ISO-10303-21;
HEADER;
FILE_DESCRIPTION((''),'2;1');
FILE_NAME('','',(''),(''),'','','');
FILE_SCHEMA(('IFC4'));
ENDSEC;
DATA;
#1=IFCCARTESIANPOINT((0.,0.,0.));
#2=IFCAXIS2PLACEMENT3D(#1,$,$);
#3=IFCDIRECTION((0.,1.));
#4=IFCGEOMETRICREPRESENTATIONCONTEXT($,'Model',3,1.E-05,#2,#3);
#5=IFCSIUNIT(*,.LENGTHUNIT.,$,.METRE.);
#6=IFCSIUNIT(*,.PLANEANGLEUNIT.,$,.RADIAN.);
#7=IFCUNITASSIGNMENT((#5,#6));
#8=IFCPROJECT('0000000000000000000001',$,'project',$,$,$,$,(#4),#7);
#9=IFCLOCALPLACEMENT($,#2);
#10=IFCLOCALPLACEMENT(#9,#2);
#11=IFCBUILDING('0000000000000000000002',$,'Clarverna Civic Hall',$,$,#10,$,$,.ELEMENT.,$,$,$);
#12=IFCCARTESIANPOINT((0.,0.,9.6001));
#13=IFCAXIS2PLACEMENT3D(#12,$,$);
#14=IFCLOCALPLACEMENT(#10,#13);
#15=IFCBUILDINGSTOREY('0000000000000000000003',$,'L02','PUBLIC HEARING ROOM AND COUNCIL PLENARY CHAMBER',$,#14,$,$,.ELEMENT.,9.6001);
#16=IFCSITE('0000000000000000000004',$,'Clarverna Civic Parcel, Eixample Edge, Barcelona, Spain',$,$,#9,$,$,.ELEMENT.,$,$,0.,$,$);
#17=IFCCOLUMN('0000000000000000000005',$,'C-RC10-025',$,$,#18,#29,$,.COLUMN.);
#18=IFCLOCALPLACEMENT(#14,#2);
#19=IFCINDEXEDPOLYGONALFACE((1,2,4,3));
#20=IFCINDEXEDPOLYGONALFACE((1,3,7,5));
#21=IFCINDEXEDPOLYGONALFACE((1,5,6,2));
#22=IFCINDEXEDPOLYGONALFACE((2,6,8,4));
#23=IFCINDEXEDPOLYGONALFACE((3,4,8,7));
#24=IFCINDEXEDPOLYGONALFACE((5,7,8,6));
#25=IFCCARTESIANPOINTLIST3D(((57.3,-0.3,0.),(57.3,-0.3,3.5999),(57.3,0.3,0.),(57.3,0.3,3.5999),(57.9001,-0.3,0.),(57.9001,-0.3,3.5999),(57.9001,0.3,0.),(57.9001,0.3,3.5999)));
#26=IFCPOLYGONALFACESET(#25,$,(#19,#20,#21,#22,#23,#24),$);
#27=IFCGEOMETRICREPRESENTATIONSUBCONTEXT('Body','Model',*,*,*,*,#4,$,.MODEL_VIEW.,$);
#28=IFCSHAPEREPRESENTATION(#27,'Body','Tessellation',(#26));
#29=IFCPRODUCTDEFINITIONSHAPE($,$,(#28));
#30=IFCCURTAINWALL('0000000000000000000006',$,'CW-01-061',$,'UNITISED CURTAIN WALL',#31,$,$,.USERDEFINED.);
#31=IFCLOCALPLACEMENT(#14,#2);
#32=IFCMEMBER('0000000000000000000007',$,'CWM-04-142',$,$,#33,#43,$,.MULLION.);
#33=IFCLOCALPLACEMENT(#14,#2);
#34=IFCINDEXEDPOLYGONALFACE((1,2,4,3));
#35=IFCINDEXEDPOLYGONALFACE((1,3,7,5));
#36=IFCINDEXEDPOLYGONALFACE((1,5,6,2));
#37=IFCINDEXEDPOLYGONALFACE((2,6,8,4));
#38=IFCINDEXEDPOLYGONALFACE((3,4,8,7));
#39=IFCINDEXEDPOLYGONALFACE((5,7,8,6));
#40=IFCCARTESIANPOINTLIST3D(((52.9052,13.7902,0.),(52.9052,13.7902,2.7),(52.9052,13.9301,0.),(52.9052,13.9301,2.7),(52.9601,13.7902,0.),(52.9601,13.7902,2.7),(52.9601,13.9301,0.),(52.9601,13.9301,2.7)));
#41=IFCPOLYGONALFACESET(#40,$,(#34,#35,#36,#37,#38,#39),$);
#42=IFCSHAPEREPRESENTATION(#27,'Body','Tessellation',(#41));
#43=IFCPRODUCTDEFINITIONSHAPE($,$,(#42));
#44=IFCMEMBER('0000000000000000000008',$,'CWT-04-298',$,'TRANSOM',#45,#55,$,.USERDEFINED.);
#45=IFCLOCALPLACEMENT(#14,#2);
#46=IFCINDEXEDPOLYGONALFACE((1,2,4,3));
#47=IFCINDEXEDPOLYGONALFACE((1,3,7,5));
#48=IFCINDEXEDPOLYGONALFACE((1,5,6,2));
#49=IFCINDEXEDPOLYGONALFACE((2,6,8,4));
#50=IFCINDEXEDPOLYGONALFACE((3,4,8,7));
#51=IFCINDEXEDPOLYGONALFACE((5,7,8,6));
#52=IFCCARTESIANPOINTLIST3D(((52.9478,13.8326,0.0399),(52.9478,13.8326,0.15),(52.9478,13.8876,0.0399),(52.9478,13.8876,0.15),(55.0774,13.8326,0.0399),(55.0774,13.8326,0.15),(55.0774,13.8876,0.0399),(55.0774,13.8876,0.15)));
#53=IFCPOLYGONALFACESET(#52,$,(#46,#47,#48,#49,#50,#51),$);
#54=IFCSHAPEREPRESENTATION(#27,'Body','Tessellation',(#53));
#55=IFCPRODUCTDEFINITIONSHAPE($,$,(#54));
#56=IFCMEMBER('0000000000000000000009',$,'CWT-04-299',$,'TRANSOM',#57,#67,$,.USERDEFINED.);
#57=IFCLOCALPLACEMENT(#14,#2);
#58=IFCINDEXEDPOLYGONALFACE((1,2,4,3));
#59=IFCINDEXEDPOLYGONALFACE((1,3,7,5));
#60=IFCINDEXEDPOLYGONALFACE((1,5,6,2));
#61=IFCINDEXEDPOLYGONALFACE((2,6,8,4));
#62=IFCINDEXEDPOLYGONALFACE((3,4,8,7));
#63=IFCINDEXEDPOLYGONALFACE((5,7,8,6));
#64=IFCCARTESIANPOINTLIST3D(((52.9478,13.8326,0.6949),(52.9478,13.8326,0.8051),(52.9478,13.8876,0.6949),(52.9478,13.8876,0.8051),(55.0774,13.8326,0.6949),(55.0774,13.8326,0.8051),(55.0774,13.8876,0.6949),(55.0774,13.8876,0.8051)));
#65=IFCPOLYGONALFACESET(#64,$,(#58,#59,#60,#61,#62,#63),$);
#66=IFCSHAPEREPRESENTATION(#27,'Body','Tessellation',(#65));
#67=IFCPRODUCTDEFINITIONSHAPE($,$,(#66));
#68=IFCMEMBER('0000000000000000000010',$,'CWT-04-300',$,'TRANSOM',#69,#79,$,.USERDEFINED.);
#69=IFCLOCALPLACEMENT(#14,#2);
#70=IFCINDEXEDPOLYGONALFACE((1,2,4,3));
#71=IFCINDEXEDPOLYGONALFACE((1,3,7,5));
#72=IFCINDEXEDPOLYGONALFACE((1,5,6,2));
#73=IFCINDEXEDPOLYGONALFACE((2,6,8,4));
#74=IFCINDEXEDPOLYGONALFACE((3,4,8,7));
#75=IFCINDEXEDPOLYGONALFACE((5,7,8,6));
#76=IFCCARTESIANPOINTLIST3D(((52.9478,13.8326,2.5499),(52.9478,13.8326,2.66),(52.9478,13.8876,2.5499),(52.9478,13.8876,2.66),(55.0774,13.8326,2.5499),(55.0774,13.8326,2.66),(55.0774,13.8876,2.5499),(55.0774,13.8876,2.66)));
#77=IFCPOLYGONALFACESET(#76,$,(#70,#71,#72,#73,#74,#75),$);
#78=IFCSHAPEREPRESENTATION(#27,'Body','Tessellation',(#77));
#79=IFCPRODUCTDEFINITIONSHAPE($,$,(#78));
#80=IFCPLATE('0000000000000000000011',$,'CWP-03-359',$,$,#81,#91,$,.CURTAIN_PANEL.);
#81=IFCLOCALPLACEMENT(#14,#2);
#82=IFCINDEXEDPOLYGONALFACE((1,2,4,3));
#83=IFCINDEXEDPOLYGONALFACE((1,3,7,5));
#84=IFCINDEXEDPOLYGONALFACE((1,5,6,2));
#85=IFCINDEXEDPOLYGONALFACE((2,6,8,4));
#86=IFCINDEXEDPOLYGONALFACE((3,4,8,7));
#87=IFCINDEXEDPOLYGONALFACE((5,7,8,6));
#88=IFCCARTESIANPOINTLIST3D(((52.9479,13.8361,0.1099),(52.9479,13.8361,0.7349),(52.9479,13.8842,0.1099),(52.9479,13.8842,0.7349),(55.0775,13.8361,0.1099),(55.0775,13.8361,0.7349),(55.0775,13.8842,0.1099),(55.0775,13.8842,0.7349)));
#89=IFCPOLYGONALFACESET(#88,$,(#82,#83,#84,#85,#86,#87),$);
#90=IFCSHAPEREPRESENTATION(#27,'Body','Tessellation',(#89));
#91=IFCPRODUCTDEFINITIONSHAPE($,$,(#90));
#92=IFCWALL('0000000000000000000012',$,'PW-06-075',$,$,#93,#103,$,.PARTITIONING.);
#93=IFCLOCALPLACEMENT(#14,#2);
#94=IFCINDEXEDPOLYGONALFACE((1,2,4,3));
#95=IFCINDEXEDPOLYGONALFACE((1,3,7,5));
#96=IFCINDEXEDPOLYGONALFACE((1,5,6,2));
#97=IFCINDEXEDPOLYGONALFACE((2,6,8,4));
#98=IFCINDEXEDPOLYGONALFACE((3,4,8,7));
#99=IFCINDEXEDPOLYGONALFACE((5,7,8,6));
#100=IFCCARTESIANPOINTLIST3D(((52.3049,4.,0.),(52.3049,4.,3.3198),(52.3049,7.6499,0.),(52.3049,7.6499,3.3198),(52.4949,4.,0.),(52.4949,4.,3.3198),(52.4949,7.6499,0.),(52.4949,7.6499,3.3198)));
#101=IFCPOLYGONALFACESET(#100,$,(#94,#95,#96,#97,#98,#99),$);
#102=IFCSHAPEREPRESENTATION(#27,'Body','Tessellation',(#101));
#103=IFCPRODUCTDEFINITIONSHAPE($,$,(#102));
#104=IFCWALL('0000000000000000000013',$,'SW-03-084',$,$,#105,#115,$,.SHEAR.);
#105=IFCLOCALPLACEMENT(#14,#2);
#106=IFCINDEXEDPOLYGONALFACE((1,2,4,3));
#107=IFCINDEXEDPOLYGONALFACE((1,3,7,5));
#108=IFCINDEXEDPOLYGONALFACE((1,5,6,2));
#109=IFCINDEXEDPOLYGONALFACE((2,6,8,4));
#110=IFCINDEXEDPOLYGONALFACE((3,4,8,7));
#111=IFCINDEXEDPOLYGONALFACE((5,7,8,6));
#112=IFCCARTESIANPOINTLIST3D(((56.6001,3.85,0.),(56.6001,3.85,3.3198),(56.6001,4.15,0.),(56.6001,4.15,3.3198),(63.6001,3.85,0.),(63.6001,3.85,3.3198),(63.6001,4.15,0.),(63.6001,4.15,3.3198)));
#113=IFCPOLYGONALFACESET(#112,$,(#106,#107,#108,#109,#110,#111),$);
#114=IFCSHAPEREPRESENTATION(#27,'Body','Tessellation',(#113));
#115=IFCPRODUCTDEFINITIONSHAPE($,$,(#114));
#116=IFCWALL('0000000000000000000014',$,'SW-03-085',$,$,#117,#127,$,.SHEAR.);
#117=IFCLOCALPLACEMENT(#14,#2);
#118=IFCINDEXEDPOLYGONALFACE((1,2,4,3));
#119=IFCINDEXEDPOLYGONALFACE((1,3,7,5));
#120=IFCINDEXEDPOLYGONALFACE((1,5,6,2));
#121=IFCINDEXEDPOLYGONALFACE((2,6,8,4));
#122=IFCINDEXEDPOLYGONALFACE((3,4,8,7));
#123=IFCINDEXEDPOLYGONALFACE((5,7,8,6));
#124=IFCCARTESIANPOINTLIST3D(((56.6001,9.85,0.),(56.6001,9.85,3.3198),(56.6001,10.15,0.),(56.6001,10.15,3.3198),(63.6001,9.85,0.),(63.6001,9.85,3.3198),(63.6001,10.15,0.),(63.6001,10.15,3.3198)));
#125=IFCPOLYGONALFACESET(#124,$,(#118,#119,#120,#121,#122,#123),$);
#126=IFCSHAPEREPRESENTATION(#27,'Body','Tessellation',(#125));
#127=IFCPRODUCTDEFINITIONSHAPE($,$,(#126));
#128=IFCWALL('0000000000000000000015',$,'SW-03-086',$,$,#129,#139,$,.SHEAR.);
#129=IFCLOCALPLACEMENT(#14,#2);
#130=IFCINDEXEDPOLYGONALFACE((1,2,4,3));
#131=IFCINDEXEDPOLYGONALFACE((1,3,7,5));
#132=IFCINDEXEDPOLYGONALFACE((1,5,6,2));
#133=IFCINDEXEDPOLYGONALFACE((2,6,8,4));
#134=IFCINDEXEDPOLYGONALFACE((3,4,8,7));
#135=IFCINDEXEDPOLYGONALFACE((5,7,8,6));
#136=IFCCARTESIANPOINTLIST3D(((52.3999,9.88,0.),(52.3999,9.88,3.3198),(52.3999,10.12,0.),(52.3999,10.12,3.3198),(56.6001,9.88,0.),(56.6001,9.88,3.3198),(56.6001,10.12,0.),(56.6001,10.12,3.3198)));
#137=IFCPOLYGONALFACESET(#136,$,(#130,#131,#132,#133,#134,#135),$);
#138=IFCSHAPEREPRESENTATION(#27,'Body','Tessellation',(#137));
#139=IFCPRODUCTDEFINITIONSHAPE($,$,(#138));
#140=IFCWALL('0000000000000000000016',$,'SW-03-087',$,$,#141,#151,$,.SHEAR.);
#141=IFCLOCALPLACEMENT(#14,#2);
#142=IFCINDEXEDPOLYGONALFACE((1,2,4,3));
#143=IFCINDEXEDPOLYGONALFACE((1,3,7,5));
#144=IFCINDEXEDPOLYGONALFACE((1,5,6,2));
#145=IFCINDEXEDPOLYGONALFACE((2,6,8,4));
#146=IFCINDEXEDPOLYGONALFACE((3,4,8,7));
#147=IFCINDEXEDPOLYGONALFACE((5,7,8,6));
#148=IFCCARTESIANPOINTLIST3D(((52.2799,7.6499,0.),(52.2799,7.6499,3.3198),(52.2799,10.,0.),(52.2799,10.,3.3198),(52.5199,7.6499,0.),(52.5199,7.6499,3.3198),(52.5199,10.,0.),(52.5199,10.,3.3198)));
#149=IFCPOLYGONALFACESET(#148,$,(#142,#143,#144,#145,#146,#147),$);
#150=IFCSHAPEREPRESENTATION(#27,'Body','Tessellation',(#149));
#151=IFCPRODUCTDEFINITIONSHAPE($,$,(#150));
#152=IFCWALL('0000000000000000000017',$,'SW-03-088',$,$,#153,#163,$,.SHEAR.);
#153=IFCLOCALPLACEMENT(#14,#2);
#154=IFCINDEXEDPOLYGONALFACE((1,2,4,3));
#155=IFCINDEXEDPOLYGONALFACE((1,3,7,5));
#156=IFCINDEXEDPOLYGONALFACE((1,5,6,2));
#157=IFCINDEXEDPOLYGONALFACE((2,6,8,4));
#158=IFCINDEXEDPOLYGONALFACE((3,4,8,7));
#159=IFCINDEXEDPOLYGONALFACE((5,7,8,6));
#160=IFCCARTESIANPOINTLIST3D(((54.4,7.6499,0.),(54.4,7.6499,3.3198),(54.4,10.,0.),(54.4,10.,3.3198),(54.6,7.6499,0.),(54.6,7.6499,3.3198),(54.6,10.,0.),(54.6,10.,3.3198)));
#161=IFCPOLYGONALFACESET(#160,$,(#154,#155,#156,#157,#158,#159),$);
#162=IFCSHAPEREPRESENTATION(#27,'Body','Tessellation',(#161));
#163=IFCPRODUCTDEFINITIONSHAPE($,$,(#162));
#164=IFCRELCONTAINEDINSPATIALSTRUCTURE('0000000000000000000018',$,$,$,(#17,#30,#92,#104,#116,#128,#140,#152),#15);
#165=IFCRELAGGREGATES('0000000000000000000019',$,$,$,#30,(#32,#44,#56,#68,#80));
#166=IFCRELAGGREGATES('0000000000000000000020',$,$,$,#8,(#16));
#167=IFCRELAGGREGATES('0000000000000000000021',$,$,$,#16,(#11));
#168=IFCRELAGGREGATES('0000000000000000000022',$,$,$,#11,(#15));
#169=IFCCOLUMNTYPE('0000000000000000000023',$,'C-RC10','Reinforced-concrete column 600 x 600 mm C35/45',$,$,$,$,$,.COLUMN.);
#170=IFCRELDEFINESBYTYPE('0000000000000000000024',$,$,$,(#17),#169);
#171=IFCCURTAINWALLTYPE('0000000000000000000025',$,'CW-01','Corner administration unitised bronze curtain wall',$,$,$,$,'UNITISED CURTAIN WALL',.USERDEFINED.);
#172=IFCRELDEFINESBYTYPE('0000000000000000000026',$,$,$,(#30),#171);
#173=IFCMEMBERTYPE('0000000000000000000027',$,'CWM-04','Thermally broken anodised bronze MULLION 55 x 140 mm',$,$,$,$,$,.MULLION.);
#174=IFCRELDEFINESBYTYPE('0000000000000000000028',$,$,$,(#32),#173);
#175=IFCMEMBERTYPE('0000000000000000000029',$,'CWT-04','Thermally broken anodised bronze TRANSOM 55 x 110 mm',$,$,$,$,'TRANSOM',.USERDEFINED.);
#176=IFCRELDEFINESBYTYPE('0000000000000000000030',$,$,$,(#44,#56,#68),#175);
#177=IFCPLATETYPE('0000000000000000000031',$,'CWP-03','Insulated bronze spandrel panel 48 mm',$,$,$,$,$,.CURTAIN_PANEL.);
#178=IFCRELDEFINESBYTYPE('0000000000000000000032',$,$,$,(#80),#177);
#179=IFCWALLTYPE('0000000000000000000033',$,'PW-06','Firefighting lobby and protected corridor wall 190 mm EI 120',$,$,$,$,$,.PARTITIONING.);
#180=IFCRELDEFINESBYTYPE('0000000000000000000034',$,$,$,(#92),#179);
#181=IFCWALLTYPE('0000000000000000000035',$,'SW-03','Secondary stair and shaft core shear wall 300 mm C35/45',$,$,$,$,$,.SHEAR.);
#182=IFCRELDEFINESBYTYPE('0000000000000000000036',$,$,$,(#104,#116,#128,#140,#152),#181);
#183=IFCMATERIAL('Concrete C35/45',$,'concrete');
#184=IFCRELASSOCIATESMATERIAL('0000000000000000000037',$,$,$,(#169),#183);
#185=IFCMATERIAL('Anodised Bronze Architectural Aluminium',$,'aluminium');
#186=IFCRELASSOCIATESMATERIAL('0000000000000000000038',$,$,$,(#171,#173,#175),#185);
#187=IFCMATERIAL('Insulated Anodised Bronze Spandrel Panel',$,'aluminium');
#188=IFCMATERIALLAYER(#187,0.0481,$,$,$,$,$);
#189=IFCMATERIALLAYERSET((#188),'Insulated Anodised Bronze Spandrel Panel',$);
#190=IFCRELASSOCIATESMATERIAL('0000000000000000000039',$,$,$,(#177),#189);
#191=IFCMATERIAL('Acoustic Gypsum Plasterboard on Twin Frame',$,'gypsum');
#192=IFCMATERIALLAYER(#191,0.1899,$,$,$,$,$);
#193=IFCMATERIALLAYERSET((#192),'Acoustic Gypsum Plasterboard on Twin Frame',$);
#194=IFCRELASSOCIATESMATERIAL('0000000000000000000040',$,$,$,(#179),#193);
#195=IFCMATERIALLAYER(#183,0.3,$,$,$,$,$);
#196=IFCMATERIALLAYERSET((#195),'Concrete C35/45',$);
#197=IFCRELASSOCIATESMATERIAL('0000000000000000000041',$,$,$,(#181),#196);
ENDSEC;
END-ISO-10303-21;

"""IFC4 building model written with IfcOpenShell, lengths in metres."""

from ifc_helpers import new_model, si_unit, direction, frame, frame_2d, origin, origin_2d, place, context, subcontext, project, spatial, rectangle, extrude, material, layer, layer_set, material_profile, profile_set, type_object, element, aggregate, save


model = new_model("IFC4")

# Units and contexts
model_context = context("Model", 3, precision=1e-05, world=origin(), true_north=direction((0.0, 1.0)))
body_context = subcontext(model_context, "Body", "Model", "MODEL_VIEW")
ifc_project = project(units=[si_unit("LENGTHUNIT", "METRE"), si_unit("PLANEANGLEUNIT", "RADIAN")], contexts=[model_context])

# Site, building, storey
site_placement = place(None, origin())
site = spatial("IfcSite", under=ifc_project, at=site_placement, Name="Clarverna Civic Parcel, Eixample Edge, Barcelona, Spain", CompositionType="ELEMENT", RefElevation=0.0)
building_placement = place(site_placement, origin())
building = spatial("IfcBuilding", under=site, at=building_placement, Name="Clarverna Civic Hall", CompositionType="ELEMENT")
storey_placement = place(building_placement, frame((0.0, 0.0, 9.6001)))
storey = spatial("IfcBuildingStorey", under=building, at=storey_placement, Name="L02", Description="PUBLIC HEARING ROOM AND COUNCIL PLENARY CHAMBER", CompositionType="ELEMENT", Elevation=9.6001)

# Column
ifc_material_1 = material(Name="Concrete C35/45", Category="concrete")
ifc_material_profile_1 = material_profile(ifc_material_1, rectangle(XDim=0.6001, YDim=0.6001, at=origin_2d()), Name="RC 600x600")
ifc_profile_set_1 = profile_set([ifc_material_profile_1], Name="Concrete C35/45")
column_type = type_object("IfcColumnType", Name="C-RC10", Description="Reinforced-concrete column 600 x 600 mm C35/45", PredefinedType="COLUMN", material=ifc_profile_set_1)
column_placement = place(storey_placement, frame((57.6001, 0.0, 0.0), z_axis=(0.0, 0.0, 1.0), x_axis=(1.0, 0.0, 0.0)))
element("IfcColumn", 1, at=column_placement, inside=storey, type_object=column_type, Name="C-RC10-025", PredefinedType="COLUMN", context=body_context, shape_type="SweptSolid", body=[
    extrude(rectangle(XDim=0.6001, YDim=0.6001, at=origin_2d()), origin(), (0.0, 0.0, 1.0), 3.5999),
])

# Curtain wall, members, plate
ifc_material_2 = material(Name="Anodised Bronze Architectural Aluminium", Category="aluminium")
curtain_wall_type = type_object("IfcCurtainWallType", Name="CW-01", Description="Corner administration unitised bronze curtain wall", ElementType="UNITISED CURTAIN WALL", PredefinedType="USERDEFINED", material=ifc_material_2)
curtain_wall_placement = place(storey_placement, origin())
curtain_wall = element("IfcCurtainWall", 2, at=curtain_wall_placement, inside=storey, type_object=curtain_wall_type, Name="CW-01-061", ObjectType="UNITISED CURTAIN WALL", PredefinedType="USERDEFINED")
ifc_material_profile_2 = material_profile(ifc_material_2, rectangle(XDim=0.0549, YDim=0.1399, at=origin_2d()), Name="BRONZE 55x140")
ifc_profile_set_2 = profile_set([ifc_material_profile_2], Name="Anodised Bronze Architectural Aluminium")
member_type_1 = type_object("IfcMemberType", Name="CWM-04", Description="Thermally broken anodised bronze MULLION 55 x 140 mm", PredefinedType="MULLION", material=ifc_profile_set_2)
member_1_placement = place(storey_placement, frame((52.9326, 13.8601, 0.0), z_axis=(0.0, 0.0, 1.0), x_axis=(1.0, 0.0, 0.0)))
member_1 = element("IfcMember", 3, at=member_1_placement, type_object=member_type_1, Name="CWM-04-142", PredefinedType="MULLION", context=body_context, shape_type="SweptSolid", body=[
    extrude(rectangle(XDim=0.0549, YDim=0.1399, at=origin_2d()), origin(), (0.0, 0.0, 1.0), 2.7),
])
ifc_material_profile_3 = material_profile(ifc_material_2, rectangle(XDim=0.0549, YDim=0.1101, at=origin_2d()), Name="BRONZE 55x110")
ifc_profile_set_3 = profile_set([ifc_material_profile_3], Name="Anodised Bronze Architectural Aluminium")
member_type_2 = type_object("IfcMemberType", Name="CWT-04", Description="Thermally broken anodised bronze TRANSOM 55 x 110 mm", ElementType="TRANSOM", PredefinedType="USERDEFINED", material=ifc_profile_set_3)
member_2_placement = place(storey_placement, frame((52.9478, 13.8601, 0.095), z_axis=(1.0, 0.0, 0.0), x_axis=(0.0, 1.0, 0.0)))
member_2 = element("IfcMember", 4, at=member_2_placement, type_object=member_type_2, Name="CWT-04-298", ObjectType="TRANSOM", PredefinedType="USERDEFINED", context=body_context, shape_type="SweptSolid", body=[
    extrude(rectangle(XDim=0.0549, YDim=0.1101, at=origin_2d()), origin(), (0.0, 0.0, 1.0), 2.1296),
])
member_3_placement = place(storey_placement, frame((52.9478, 13.8601, 0.75), z_axis=(1.0, 0.0, 0.0), x_axis=(0.0, 1.0, 0.0)))
member_3 = element("IfcMember", 5, at=member_3_placement, type_object=member_type_2, Name="CWT-04-299", ObjectType="TRANSOM", PredefinedType="USERDEFINED", context=body_context, shape_type="SweptSolid", body=[
    extrude(rectangle(XDim=0.0549, YDim=0.1101, at=origin_2d()), origin(), (0.0, 0.0, 1.0), 2.1296),
])
member_4_placement = place(storey_placement, frame((52.9478, 13.8601, 2.605), z_axis=(1.0, 0.0, 0.0), x_axis=(0.0, 1.0, 0.0)))
member_4 = element("IfcMember", 6, at=member_4_placement, type_object=member_type_2, Name="CWT-04-300", ObjectType="TRANSOM", PredefinedType="USERDEFINED", context=body_context, shape_type="SweptSolid", body=[
    extrude(rectangle(XDim=0.0549, YDim=0.1101, at=origin_2d()), origin(), (0.0, 0.0, 1.0), 2.1296),
])
ifc_material_3 = material(Name="Insulated Anodised Bronze Spandrel Panel", Category="aluminium")
ifc_layer_1 = layer(ifc_material_3, 0.0481)
ifc_layer_set_1 = layer_set([ifc_layer_1], Name="Insulated Anodised Bronze Spandrel Panel")
plate_type = type_object("IfcPlateType", Name="CWP-03", Description="Insulated bronze spandrel panel 48 mm", PredefinedType="CURTAIN_PANEL", material=ifc_layer_set_1)
plate_placement = place(storey_placement, frame((52.9478, 13.8601, 0.1099), z_axis=(0.0, 0.0, 1.0), x_axis=(1.0, 0.0, 0.0)))
plate = element("IfcPlate", 7, at=plate_placement, type_object=plate_type, Name="CWP-03-359", PredefinedType="CURTAIN_PANEL", context=body_context, shape_type="SweptSolid", body=[
    extrude(rectangle(XDim=2.1296, YDim=0.0481, at=frame_2d((1.0649, 0.0))), origin(), (0.0, 0.0, 1.0), 0.625),
])
aggregate(curtain_wall, [member_1, member_2, member_3, member_4, plate])

# Wall
ifc_material_4 = material(Name="Acoustic Gypsum Plasterboard on Twin Frame", Category="gypsum")
ifc_layer_2 = layer(ifc_material_4, 0.1899)
ifc_layer_set_2 = layer_set([ifc_layer_2], Name="Acoustic Gypsum Plasterboard on Twin Frame")
wall_type_1 = type_object("IfcWallType", Name="PW-06", Description="Firefighting lobby and protected corridor wall 190 mm EI 120", PredefinedType="PARTITIONING", material=ifc_layer_set_2)
wall_1_placement = place(storey_placement, frame((52.3999, 4.0, 0.0), z_axis=(0.0, 0.0, 1.0), x_axis=(0.0, 1.0, 0.0)))
element("IfcWall", 8, at=wall_1_placement, inside=storey, type_object=wall_type_1, Name="PW-06-075", PredefinedType="PARTITIONING", context=body_context, shape_type="SweptSolid", body=[
    extrude(rectangle(XDim=3.6499, YDim=0.1899, at=frame_2d((1.825, 0.0))), origin(), (0.0, 0.0, 1.0), 3.3198),
])

# Shared definitions
ifc_layer_3 = layer(ifc_material_1, 0.3)
ifc_layer_set_3 = layer_set([ifc_layer_3], Name="Concrete C35/45")
wall_type_2 = type_object("IfcWallType", Name="SW-03", Description="Secondary stair and shaft core shear wall 300 mm C35/45", PredefinedType="SHEAR", material=ifc_layer_set_3)

# Walls
for number, where, z_axis, x_axis, name in (
    (9, (56.6001, 4.0, 0.0), (0.0, 0.0, 1.0), (1.0, 0.0, 0.0), "SW-03-084"),
    (10, (56.6001, 10.0, 0.0), (0.0, 0.0, 1.0), (1.0, 0.0, 0.0), "SW-03-085"),
):
    element("IfcWall", number, at=place(storey_placement, frame(where, z_axis=z_axis, x_axis=x_axis)), inside=storey, type_object=wall_type_2, Name=name, PredefinedType="SHEAR", context=body_context, shape_type="SweptSolid", body=[
        extrude(rectangle(XDim=7.0, YDim=0.3, at=frame_2d((3.5, 0.0))), origin(), (0.0, 0.0, 1.0), 3.3198),
    ])
wall_2_placement = place(storey_placement, frame((52.3999, 10.0, 0.0), z_axis=(0.0, 0.0, 1.0), x_axis=(1.0, 0.0, 0.0)))
element("IfcWall", 11, at=wall_2_placement, inside=storey, type_object=wall_type_2, Name="SW-03-086", PredefinedType="SHEAR", context=body_context, shape_type="SweptSolid", body=[
    extrude(rectangle(XDim=4.2002, YDim=0.24, at=frame_2d((2.1001, 0.0))), origin(), (0.0, 0.0, 1.0), 3.3198),
])
wall_3_placement = place(storey_placement, frame((52.3999, 7.6499, 0.0), z_axis=(0.0, 0.0, 1.0), x_axis=(0.0, 1.0, 0.0)))
element("IfcWall", 12, at=wall_3_placement, inside=storey, type_object=wall_type_2, Name="SW-03-087", PredefinedType="SHEAR", context=body_context, shape_type="SweptSolid", body=[
    extrude(rectangle(XDim=2.3501, YDim=0.24, at=frame_2d((1.175, 0.0))), origin(), (0.0, 0.0, 1.0), 3.3198),
])
wall_4_placement = place(storey_placement, frame((54.5, 7.6499, 0.0), z_axis=(0.0, 0.0, 1.0), x_axis=(0.0, 1.0, 0.0)))
element("IfcWall", 13, at=wall_4_placement, inside=storey, type_object=wall_type_2, Name="SW-03-088", PredefinedType="SHEAR", context=body_context, shape_type="SweptSolid", body=[
    extrude(rectangle(XDim=2.3501, YDim=0.2, at=frame_2d((1.175, 0.0))), origin(), (0.0, 0.0, 1.0), 3.3198),
])

save(model, "model.ifc")
